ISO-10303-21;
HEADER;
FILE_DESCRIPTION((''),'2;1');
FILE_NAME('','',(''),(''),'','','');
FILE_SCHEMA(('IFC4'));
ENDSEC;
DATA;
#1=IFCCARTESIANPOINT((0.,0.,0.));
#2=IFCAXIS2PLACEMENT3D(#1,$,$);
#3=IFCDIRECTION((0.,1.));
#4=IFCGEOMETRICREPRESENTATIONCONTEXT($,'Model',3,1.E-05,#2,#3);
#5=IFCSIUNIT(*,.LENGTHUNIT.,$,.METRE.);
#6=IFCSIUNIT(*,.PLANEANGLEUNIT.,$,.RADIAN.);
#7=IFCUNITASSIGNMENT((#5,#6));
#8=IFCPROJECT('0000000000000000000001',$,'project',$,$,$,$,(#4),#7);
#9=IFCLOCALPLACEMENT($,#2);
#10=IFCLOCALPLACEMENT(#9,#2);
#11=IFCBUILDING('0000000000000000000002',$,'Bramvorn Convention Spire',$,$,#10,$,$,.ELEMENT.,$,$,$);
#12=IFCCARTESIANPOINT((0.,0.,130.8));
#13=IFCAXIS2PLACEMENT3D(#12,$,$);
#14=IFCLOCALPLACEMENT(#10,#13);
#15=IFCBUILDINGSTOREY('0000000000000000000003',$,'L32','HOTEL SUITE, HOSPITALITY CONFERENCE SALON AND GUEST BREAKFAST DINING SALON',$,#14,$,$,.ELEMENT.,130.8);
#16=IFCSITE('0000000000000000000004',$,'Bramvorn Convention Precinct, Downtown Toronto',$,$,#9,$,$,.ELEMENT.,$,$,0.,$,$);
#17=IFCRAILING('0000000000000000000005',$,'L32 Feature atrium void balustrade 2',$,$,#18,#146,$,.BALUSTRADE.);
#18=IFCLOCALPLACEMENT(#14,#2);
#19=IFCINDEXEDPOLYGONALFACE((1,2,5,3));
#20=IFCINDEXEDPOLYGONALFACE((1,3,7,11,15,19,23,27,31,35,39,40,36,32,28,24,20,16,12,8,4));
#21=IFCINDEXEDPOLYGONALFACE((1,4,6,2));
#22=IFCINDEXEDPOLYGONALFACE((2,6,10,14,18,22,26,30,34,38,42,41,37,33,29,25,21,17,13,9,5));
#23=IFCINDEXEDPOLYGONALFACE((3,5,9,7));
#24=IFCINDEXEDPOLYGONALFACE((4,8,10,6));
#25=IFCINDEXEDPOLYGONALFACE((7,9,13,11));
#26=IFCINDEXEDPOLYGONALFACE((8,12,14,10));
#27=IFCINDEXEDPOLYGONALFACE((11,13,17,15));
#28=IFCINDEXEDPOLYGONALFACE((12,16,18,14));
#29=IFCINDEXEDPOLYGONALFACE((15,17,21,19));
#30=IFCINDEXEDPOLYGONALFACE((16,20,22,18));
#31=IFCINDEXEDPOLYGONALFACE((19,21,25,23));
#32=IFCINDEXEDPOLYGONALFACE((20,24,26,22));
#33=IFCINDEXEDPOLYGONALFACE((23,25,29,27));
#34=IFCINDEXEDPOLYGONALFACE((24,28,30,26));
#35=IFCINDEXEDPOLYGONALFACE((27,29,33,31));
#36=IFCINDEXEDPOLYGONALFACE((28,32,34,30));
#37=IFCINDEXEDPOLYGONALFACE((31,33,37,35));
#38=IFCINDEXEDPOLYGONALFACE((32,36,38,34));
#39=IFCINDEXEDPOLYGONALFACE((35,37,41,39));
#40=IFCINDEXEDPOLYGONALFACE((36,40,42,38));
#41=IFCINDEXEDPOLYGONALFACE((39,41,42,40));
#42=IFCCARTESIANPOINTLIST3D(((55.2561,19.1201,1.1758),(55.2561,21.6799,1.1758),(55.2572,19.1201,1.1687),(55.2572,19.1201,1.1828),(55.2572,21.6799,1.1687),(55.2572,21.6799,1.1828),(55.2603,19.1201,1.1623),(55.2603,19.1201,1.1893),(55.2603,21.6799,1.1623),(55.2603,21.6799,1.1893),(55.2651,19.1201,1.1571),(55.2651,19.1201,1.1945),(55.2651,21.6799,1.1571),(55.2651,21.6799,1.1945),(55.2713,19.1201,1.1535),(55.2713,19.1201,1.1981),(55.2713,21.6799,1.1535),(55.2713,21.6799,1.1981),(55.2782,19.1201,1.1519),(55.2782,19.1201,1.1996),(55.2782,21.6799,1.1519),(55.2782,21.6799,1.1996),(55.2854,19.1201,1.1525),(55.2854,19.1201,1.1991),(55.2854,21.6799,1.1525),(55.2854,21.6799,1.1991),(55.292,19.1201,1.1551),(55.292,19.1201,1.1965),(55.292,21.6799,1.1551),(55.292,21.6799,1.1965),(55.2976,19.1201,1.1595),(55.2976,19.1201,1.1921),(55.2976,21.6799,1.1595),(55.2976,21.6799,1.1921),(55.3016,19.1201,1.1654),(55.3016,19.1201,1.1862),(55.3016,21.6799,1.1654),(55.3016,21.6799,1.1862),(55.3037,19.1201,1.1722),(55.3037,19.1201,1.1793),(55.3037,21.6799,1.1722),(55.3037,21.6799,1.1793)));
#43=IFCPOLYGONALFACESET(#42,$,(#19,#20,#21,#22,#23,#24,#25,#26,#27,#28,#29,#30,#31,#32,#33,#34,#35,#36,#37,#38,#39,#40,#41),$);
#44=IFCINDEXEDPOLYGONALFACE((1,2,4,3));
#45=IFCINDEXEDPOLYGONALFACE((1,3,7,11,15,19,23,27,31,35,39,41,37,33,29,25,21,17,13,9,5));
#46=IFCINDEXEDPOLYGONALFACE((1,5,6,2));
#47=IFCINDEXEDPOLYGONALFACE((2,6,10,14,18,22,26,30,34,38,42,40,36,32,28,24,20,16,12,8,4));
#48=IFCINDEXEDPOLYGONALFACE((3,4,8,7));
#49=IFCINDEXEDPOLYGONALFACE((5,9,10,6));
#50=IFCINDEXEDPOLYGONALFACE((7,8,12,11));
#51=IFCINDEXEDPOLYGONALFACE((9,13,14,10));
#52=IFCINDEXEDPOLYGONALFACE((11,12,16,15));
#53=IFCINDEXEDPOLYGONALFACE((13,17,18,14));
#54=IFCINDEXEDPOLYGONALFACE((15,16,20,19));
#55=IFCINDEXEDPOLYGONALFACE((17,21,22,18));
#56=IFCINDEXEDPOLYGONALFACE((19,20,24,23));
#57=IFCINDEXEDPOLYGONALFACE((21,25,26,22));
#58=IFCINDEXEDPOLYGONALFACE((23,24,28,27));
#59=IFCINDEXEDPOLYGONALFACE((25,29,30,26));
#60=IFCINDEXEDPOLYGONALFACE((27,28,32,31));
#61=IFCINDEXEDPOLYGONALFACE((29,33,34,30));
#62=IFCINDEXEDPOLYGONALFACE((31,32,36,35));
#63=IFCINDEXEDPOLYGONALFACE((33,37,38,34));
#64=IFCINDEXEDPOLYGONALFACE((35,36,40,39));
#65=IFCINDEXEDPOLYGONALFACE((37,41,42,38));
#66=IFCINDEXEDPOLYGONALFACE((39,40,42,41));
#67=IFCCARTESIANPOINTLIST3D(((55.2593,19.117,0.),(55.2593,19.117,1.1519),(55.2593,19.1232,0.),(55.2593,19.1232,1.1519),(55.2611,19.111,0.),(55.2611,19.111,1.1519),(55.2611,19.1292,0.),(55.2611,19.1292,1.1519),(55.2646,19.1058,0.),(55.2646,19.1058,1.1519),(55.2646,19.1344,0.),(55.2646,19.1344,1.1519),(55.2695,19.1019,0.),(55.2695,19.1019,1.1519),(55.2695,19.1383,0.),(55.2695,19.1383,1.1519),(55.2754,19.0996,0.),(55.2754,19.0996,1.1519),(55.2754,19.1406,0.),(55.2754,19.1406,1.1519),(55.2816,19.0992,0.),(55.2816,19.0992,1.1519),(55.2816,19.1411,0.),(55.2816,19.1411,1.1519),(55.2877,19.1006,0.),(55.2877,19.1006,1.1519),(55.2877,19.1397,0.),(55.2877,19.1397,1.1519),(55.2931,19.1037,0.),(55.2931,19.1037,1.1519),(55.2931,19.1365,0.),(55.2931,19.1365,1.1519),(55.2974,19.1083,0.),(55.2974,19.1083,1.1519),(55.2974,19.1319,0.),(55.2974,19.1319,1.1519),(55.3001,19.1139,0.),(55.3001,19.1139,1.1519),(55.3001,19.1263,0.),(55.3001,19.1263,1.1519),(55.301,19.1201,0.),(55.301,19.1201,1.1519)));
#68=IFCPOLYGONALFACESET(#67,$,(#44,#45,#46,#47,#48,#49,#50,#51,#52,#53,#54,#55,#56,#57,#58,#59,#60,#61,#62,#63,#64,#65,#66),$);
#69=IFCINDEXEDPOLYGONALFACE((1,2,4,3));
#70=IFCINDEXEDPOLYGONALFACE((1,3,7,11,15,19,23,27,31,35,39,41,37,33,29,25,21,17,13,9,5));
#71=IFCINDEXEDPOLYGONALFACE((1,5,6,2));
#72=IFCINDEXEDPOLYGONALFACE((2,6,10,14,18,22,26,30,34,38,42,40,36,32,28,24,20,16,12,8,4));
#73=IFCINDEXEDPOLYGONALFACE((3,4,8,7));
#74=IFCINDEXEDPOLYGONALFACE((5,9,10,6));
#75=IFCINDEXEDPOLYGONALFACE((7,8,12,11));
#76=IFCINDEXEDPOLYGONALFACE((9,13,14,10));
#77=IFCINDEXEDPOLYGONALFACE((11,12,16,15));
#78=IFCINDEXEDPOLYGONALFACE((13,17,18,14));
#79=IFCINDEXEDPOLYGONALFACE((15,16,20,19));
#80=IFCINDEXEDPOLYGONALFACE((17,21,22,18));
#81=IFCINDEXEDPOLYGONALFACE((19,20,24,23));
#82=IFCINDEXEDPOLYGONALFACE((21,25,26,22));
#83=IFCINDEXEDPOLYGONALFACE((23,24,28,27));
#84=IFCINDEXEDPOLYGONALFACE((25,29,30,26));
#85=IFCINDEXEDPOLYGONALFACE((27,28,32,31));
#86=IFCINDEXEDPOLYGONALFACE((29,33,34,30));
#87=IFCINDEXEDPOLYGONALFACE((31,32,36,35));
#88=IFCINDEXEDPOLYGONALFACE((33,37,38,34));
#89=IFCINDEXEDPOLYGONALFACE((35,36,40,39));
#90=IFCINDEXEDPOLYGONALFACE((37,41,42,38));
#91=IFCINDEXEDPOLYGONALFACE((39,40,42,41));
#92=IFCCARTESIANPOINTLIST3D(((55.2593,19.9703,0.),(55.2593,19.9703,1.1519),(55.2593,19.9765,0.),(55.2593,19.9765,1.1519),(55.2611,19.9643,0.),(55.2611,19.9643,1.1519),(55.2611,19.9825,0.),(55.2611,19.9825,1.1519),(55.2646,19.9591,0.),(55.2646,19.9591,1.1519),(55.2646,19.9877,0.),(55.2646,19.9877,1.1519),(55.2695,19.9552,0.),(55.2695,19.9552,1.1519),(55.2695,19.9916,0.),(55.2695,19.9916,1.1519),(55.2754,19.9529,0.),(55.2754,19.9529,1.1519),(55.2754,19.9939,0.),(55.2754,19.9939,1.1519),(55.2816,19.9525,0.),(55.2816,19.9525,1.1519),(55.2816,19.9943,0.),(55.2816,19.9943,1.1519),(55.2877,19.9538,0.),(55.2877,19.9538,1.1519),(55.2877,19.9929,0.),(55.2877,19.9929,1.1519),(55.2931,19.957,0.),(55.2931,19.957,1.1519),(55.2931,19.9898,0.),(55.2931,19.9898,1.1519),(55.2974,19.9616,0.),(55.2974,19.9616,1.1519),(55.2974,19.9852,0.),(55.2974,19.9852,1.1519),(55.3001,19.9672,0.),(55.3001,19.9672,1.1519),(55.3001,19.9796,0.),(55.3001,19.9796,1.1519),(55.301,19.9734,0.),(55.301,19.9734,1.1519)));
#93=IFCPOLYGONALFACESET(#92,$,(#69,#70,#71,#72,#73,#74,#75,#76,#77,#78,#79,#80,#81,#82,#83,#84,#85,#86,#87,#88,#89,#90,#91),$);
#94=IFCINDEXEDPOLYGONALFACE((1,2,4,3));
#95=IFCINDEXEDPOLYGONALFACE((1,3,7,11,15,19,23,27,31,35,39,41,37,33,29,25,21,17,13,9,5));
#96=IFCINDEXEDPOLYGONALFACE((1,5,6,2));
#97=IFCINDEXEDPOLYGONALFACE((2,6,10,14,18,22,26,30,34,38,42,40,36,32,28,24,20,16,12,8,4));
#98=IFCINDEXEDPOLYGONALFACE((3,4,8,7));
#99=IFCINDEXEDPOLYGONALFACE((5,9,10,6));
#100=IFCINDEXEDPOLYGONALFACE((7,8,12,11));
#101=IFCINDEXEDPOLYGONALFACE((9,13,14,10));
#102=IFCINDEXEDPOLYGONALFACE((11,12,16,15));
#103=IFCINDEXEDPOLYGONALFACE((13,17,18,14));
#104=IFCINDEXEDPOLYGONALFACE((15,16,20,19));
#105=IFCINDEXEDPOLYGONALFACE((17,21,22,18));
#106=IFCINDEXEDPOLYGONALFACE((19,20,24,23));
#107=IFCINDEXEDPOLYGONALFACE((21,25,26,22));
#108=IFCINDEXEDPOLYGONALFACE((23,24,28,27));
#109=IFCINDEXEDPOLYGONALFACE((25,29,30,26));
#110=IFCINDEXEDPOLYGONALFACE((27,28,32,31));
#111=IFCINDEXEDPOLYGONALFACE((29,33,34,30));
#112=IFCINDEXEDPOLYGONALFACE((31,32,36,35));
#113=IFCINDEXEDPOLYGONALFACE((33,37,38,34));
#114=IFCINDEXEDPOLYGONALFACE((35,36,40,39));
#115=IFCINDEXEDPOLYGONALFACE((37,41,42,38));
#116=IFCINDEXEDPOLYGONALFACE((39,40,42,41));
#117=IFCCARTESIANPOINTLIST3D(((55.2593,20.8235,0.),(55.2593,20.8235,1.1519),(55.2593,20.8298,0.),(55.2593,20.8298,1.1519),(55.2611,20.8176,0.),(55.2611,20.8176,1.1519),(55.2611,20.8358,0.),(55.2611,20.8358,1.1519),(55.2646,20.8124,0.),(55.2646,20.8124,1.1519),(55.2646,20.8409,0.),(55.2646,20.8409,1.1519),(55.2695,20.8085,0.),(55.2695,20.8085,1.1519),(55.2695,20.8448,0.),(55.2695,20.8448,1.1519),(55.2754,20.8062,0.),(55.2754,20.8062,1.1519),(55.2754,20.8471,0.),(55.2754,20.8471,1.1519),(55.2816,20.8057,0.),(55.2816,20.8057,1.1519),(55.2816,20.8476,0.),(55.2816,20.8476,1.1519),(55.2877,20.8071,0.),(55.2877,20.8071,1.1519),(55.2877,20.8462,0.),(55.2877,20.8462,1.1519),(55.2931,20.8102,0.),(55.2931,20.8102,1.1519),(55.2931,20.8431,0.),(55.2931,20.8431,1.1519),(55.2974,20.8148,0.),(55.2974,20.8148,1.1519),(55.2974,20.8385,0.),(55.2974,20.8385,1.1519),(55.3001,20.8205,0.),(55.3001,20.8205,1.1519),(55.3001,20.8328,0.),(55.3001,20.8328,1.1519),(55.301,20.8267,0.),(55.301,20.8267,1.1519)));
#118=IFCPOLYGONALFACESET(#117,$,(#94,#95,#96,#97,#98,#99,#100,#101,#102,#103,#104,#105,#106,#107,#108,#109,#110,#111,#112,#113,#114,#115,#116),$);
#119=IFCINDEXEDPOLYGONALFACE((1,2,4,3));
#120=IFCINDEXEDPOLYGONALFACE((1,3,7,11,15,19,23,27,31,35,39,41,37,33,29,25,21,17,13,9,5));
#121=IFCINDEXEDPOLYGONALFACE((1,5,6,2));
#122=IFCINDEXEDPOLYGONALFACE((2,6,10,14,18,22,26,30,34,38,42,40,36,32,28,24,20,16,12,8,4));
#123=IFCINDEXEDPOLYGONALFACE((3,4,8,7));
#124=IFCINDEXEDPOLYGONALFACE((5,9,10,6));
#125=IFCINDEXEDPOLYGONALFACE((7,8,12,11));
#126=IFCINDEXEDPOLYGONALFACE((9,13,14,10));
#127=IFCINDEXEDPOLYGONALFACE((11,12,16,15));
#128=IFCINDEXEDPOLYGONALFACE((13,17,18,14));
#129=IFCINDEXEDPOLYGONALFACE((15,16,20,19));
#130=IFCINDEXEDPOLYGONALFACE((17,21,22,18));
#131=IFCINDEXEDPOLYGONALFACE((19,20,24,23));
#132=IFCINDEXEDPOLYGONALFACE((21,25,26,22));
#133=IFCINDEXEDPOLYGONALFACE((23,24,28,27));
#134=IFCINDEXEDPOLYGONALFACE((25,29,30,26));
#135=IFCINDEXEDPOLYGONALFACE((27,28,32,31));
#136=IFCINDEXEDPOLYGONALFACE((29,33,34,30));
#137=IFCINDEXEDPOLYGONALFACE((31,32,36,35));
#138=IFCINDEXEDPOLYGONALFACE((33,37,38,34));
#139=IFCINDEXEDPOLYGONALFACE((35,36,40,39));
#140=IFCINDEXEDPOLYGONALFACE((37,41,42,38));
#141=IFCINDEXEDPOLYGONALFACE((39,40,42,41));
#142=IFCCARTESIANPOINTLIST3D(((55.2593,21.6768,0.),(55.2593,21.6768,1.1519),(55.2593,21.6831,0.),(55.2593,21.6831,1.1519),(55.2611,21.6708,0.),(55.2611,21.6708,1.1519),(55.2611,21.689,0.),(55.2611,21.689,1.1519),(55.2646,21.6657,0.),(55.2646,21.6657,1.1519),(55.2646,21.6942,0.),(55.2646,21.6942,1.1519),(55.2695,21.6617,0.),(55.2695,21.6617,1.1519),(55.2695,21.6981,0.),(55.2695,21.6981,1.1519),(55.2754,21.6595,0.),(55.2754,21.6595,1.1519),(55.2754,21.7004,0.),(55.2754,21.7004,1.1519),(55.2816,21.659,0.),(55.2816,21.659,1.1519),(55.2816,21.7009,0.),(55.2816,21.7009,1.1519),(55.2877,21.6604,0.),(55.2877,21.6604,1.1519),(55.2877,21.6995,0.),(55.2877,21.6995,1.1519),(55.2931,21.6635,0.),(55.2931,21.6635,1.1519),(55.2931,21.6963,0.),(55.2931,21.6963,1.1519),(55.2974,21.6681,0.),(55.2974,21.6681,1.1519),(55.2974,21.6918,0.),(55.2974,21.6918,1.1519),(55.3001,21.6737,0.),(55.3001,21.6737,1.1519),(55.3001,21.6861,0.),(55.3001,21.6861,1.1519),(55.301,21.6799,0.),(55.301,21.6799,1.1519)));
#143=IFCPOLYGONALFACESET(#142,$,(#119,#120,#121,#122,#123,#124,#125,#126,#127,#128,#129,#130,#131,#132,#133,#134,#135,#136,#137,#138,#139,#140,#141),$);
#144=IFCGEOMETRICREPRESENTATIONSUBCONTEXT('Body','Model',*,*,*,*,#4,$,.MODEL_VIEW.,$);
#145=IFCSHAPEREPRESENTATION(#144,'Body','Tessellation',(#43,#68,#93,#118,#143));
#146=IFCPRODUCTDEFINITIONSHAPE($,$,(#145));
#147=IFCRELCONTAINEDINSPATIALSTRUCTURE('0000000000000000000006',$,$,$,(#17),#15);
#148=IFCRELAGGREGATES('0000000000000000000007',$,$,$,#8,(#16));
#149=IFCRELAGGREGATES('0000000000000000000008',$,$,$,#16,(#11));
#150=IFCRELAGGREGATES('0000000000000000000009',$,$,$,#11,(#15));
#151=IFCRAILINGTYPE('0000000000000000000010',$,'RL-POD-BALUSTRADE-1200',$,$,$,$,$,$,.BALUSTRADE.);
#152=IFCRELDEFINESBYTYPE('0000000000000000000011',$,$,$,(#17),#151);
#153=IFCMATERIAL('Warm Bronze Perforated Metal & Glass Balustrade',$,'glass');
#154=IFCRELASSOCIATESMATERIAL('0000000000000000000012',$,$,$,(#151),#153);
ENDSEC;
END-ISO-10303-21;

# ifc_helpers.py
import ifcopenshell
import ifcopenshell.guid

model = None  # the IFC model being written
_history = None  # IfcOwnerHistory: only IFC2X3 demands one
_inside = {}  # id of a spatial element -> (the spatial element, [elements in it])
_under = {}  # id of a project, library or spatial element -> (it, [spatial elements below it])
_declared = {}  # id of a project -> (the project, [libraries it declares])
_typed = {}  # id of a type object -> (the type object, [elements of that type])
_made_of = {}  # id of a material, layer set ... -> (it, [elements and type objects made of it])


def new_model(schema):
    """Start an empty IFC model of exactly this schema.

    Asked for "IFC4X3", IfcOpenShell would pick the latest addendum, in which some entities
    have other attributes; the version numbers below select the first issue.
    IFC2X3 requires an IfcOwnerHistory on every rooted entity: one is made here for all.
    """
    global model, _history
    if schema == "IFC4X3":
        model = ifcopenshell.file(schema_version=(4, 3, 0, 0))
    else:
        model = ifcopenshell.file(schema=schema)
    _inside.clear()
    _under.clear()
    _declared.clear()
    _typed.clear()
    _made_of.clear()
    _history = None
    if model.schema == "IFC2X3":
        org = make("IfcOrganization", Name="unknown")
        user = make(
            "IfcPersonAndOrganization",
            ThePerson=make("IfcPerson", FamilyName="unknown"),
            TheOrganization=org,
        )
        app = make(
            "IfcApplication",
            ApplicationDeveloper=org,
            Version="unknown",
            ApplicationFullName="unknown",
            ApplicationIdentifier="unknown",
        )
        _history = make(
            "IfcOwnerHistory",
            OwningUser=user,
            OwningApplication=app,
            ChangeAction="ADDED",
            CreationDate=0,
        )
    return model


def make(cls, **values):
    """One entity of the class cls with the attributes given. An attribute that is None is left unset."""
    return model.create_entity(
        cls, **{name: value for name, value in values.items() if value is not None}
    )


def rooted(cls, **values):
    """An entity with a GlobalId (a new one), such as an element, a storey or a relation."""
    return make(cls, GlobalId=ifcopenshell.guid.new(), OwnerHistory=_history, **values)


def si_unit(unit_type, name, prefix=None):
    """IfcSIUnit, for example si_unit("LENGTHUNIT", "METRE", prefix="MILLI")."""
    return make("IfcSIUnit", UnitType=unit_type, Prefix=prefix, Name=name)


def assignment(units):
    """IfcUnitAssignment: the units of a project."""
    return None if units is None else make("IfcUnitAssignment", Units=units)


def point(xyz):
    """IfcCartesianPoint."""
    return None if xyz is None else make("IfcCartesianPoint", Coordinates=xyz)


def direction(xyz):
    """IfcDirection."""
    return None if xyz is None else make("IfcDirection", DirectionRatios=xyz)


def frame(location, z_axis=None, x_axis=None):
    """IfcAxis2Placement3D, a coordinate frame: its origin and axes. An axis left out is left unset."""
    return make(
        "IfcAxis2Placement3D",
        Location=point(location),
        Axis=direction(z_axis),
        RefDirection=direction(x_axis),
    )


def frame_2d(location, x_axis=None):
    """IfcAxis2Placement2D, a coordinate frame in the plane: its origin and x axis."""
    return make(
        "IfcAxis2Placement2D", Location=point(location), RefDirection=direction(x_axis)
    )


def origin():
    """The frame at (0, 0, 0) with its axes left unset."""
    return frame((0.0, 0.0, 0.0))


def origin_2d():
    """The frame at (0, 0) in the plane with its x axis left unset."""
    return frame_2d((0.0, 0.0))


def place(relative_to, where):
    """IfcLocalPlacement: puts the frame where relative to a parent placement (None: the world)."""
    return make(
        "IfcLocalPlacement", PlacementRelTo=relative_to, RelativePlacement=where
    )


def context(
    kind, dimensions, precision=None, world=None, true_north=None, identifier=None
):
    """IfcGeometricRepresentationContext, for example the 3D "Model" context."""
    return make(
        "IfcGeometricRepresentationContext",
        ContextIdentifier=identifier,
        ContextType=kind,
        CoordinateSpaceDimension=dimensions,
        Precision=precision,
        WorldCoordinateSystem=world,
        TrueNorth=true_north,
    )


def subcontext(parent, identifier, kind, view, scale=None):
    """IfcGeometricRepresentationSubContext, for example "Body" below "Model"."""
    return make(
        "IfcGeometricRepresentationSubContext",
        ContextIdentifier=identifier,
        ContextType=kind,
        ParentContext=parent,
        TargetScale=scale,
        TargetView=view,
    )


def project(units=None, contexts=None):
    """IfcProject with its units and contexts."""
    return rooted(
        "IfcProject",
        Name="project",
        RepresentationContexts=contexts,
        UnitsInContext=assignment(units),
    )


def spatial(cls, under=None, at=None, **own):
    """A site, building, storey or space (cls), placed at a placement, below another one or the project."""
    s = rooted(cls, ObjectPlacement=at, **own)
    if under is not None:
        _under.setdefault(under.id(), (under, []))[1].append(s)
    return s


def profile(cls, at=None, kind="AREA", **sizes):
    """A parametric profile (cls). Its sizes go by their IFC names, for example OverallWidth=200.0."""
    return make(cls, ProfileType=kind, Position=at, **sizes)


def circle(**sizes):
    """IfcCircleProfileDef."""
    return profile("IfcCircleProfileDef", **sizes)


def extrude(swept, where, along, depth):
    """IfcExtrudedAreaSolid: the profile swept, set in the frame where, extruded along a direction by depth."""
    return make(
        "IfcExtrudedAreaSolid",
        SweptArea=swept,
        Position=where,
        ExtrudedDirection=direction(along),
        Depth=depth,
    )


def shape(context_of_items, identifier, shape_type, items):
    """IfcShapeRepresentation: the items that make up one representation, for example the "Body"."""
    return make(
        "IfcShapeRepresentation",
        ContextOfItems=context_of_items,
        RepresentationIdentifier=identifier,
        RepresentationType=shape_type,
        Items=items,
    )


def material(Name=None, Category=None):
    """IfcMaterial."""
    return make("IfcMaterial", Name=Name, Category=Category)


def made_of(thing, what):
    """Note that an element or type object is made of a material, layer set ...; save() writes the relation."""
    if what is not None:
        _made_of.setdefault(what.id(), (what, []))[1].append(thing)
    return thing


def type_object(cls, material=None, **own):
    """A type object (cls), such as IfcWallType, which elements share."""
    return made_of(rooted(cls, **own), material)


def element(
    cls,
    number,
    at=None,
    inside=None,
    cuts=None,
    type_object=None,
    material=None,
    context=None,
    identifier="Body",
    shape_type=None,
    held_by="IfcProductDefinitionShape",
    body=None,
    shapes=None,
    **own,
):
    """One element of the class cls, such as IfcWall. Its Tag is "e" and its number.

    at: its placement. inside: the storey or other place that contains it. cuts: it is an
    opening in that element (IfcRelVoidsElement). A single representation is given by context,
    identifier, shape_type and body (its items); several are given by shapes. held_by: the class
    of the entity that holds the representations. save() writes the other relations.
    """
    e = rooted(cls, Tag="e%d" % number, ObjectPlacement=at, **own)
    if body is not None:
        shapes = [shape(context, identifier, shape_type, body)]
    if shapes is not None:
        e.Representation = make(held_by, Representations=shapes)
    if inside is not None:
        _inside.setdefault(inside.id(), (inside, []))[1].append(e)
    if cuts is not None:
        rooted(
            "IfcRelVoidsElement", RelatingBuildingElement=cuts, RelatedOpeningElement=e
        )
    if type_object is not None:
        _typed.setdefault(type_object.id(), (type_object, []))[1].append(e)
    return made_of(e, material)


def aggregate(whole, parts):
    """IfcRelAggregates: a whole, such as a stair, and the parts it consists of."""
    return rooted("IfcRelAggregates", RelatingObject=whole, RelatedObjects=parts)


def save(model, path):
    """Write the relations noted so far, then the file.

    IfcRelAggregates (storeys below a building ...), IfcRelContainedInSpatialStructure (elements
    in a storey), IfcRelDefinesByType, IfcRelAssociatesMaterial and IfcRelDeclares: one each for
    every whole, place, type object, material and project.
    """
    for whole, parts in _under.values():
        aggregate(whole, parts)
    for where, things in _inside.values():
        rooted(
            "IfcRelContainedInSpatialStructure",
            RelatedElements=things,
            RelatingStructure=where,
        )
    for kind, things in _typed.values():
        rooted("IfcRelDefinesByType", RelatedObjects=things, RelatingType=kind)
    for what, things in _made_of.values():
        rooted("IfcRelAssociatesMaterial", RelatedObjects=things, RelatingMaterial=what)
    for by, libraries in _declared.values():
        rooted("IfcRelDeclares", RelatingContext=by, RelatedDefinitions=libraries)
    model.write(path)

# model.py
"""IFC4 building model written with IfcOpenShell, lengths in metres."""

from ifc_helpers import new_model, si_unit, direction, frame, origin, origin_2d, place, context, subcontext, project, spatial, circle, extrude, material, type_object, element, save


model = new_model("IFC4")

# Units and contexts
model_context = context("Model", 3, precision=1e-05, world=origin(), true_north=direction((0.0, 1.0)))
body_context = subcontext(model_context, "Body", "Model", "MODEL_VIEW")
ifc_project = project(units=[si_unit("LENGTHUNIT", "METRE"), si_unit("PLANEANGLEUNIT", "RADIAN")], contexts=[model_context])

# Site, building, storey
site_placement = place(None, origin())
site = spatial("IfcSite", under=ifc_project, at=site_placement, Name="Bramvorn Convention Precinct, Downtown Toronto", CompositionType="ELEMENT", RefElevation=0.0)
building_placement = place(site_placement, origin())
building = spatial("IfcBuilding", under=site, at=building_placement, Name="Bramvorn Convention Spire", CompositionType="ELEMENT")
storey_placement = place(building_placement, frame((0.0, 0.0, 130.8)))
storey = spatial("IfcBuildingStorey", under=building, at=storey_placement, Name="L32", Description="HOTEL SUITE, HOSPITALITY CONFERENCE SALON AND GUEST BREAKFAST DINING SALON", CompositionType="ELEMENT", Elevation=130.8)

# Railing
ifc_material_1 = material(Name="Warm Bronze Perforated Metal & Glass Balustrade", Category="glass")
railing_type = type_object("IfcRailingType", Name="RL-POD-BALUSTRADE-1200", PredefinedType="BALUSTRADE", material=ifc_material_1)
railing_1_placement = place(storey_placement, frame((55.28, 19.1201, 0.0)))
element("IfcRailing", 1, at=railing_1_placement, inside=storey, type_object=railing_type, Name="L32 Feature atrium void balustrade 2", PredefinedType="BALUSTRADE", context=body_context, shape_type="SweptSolid", body=[
    extrude(circle(Radius=0.0239, at=origin_2d()), frame((0.0, 0.0, 1.1758), z_axis=(0.0, 1.0, 0.0), x_axis=(-1.0, 0.0, 0.0)), (0.0, 0.0, 1.0), 2.5598),
    extrude(circle(Radius=0.021, at=origin_2d()), origin(), (0.0, 0.0, 1.0), 1.1519),
    extrude(circle(Radius=0.021, at=origin_2d()), frame((0.0, 0.8533, 0.0)), (0.0, 0.0, 1.0), 1.1519),
    extrude(circle(Radius=0.021, at=origin_2d()), frame((0.0, 1.7065, 0.0)), (0.0, 0.0, 1.0), 1.1519),
    extrude(circle(Radius=0.021, at=origin_2d()), frame((0.0, 2.5598, 0.0)), (0.0, 0.0, 1.0), 1.1519),
])

save(model, "model.ifc")
